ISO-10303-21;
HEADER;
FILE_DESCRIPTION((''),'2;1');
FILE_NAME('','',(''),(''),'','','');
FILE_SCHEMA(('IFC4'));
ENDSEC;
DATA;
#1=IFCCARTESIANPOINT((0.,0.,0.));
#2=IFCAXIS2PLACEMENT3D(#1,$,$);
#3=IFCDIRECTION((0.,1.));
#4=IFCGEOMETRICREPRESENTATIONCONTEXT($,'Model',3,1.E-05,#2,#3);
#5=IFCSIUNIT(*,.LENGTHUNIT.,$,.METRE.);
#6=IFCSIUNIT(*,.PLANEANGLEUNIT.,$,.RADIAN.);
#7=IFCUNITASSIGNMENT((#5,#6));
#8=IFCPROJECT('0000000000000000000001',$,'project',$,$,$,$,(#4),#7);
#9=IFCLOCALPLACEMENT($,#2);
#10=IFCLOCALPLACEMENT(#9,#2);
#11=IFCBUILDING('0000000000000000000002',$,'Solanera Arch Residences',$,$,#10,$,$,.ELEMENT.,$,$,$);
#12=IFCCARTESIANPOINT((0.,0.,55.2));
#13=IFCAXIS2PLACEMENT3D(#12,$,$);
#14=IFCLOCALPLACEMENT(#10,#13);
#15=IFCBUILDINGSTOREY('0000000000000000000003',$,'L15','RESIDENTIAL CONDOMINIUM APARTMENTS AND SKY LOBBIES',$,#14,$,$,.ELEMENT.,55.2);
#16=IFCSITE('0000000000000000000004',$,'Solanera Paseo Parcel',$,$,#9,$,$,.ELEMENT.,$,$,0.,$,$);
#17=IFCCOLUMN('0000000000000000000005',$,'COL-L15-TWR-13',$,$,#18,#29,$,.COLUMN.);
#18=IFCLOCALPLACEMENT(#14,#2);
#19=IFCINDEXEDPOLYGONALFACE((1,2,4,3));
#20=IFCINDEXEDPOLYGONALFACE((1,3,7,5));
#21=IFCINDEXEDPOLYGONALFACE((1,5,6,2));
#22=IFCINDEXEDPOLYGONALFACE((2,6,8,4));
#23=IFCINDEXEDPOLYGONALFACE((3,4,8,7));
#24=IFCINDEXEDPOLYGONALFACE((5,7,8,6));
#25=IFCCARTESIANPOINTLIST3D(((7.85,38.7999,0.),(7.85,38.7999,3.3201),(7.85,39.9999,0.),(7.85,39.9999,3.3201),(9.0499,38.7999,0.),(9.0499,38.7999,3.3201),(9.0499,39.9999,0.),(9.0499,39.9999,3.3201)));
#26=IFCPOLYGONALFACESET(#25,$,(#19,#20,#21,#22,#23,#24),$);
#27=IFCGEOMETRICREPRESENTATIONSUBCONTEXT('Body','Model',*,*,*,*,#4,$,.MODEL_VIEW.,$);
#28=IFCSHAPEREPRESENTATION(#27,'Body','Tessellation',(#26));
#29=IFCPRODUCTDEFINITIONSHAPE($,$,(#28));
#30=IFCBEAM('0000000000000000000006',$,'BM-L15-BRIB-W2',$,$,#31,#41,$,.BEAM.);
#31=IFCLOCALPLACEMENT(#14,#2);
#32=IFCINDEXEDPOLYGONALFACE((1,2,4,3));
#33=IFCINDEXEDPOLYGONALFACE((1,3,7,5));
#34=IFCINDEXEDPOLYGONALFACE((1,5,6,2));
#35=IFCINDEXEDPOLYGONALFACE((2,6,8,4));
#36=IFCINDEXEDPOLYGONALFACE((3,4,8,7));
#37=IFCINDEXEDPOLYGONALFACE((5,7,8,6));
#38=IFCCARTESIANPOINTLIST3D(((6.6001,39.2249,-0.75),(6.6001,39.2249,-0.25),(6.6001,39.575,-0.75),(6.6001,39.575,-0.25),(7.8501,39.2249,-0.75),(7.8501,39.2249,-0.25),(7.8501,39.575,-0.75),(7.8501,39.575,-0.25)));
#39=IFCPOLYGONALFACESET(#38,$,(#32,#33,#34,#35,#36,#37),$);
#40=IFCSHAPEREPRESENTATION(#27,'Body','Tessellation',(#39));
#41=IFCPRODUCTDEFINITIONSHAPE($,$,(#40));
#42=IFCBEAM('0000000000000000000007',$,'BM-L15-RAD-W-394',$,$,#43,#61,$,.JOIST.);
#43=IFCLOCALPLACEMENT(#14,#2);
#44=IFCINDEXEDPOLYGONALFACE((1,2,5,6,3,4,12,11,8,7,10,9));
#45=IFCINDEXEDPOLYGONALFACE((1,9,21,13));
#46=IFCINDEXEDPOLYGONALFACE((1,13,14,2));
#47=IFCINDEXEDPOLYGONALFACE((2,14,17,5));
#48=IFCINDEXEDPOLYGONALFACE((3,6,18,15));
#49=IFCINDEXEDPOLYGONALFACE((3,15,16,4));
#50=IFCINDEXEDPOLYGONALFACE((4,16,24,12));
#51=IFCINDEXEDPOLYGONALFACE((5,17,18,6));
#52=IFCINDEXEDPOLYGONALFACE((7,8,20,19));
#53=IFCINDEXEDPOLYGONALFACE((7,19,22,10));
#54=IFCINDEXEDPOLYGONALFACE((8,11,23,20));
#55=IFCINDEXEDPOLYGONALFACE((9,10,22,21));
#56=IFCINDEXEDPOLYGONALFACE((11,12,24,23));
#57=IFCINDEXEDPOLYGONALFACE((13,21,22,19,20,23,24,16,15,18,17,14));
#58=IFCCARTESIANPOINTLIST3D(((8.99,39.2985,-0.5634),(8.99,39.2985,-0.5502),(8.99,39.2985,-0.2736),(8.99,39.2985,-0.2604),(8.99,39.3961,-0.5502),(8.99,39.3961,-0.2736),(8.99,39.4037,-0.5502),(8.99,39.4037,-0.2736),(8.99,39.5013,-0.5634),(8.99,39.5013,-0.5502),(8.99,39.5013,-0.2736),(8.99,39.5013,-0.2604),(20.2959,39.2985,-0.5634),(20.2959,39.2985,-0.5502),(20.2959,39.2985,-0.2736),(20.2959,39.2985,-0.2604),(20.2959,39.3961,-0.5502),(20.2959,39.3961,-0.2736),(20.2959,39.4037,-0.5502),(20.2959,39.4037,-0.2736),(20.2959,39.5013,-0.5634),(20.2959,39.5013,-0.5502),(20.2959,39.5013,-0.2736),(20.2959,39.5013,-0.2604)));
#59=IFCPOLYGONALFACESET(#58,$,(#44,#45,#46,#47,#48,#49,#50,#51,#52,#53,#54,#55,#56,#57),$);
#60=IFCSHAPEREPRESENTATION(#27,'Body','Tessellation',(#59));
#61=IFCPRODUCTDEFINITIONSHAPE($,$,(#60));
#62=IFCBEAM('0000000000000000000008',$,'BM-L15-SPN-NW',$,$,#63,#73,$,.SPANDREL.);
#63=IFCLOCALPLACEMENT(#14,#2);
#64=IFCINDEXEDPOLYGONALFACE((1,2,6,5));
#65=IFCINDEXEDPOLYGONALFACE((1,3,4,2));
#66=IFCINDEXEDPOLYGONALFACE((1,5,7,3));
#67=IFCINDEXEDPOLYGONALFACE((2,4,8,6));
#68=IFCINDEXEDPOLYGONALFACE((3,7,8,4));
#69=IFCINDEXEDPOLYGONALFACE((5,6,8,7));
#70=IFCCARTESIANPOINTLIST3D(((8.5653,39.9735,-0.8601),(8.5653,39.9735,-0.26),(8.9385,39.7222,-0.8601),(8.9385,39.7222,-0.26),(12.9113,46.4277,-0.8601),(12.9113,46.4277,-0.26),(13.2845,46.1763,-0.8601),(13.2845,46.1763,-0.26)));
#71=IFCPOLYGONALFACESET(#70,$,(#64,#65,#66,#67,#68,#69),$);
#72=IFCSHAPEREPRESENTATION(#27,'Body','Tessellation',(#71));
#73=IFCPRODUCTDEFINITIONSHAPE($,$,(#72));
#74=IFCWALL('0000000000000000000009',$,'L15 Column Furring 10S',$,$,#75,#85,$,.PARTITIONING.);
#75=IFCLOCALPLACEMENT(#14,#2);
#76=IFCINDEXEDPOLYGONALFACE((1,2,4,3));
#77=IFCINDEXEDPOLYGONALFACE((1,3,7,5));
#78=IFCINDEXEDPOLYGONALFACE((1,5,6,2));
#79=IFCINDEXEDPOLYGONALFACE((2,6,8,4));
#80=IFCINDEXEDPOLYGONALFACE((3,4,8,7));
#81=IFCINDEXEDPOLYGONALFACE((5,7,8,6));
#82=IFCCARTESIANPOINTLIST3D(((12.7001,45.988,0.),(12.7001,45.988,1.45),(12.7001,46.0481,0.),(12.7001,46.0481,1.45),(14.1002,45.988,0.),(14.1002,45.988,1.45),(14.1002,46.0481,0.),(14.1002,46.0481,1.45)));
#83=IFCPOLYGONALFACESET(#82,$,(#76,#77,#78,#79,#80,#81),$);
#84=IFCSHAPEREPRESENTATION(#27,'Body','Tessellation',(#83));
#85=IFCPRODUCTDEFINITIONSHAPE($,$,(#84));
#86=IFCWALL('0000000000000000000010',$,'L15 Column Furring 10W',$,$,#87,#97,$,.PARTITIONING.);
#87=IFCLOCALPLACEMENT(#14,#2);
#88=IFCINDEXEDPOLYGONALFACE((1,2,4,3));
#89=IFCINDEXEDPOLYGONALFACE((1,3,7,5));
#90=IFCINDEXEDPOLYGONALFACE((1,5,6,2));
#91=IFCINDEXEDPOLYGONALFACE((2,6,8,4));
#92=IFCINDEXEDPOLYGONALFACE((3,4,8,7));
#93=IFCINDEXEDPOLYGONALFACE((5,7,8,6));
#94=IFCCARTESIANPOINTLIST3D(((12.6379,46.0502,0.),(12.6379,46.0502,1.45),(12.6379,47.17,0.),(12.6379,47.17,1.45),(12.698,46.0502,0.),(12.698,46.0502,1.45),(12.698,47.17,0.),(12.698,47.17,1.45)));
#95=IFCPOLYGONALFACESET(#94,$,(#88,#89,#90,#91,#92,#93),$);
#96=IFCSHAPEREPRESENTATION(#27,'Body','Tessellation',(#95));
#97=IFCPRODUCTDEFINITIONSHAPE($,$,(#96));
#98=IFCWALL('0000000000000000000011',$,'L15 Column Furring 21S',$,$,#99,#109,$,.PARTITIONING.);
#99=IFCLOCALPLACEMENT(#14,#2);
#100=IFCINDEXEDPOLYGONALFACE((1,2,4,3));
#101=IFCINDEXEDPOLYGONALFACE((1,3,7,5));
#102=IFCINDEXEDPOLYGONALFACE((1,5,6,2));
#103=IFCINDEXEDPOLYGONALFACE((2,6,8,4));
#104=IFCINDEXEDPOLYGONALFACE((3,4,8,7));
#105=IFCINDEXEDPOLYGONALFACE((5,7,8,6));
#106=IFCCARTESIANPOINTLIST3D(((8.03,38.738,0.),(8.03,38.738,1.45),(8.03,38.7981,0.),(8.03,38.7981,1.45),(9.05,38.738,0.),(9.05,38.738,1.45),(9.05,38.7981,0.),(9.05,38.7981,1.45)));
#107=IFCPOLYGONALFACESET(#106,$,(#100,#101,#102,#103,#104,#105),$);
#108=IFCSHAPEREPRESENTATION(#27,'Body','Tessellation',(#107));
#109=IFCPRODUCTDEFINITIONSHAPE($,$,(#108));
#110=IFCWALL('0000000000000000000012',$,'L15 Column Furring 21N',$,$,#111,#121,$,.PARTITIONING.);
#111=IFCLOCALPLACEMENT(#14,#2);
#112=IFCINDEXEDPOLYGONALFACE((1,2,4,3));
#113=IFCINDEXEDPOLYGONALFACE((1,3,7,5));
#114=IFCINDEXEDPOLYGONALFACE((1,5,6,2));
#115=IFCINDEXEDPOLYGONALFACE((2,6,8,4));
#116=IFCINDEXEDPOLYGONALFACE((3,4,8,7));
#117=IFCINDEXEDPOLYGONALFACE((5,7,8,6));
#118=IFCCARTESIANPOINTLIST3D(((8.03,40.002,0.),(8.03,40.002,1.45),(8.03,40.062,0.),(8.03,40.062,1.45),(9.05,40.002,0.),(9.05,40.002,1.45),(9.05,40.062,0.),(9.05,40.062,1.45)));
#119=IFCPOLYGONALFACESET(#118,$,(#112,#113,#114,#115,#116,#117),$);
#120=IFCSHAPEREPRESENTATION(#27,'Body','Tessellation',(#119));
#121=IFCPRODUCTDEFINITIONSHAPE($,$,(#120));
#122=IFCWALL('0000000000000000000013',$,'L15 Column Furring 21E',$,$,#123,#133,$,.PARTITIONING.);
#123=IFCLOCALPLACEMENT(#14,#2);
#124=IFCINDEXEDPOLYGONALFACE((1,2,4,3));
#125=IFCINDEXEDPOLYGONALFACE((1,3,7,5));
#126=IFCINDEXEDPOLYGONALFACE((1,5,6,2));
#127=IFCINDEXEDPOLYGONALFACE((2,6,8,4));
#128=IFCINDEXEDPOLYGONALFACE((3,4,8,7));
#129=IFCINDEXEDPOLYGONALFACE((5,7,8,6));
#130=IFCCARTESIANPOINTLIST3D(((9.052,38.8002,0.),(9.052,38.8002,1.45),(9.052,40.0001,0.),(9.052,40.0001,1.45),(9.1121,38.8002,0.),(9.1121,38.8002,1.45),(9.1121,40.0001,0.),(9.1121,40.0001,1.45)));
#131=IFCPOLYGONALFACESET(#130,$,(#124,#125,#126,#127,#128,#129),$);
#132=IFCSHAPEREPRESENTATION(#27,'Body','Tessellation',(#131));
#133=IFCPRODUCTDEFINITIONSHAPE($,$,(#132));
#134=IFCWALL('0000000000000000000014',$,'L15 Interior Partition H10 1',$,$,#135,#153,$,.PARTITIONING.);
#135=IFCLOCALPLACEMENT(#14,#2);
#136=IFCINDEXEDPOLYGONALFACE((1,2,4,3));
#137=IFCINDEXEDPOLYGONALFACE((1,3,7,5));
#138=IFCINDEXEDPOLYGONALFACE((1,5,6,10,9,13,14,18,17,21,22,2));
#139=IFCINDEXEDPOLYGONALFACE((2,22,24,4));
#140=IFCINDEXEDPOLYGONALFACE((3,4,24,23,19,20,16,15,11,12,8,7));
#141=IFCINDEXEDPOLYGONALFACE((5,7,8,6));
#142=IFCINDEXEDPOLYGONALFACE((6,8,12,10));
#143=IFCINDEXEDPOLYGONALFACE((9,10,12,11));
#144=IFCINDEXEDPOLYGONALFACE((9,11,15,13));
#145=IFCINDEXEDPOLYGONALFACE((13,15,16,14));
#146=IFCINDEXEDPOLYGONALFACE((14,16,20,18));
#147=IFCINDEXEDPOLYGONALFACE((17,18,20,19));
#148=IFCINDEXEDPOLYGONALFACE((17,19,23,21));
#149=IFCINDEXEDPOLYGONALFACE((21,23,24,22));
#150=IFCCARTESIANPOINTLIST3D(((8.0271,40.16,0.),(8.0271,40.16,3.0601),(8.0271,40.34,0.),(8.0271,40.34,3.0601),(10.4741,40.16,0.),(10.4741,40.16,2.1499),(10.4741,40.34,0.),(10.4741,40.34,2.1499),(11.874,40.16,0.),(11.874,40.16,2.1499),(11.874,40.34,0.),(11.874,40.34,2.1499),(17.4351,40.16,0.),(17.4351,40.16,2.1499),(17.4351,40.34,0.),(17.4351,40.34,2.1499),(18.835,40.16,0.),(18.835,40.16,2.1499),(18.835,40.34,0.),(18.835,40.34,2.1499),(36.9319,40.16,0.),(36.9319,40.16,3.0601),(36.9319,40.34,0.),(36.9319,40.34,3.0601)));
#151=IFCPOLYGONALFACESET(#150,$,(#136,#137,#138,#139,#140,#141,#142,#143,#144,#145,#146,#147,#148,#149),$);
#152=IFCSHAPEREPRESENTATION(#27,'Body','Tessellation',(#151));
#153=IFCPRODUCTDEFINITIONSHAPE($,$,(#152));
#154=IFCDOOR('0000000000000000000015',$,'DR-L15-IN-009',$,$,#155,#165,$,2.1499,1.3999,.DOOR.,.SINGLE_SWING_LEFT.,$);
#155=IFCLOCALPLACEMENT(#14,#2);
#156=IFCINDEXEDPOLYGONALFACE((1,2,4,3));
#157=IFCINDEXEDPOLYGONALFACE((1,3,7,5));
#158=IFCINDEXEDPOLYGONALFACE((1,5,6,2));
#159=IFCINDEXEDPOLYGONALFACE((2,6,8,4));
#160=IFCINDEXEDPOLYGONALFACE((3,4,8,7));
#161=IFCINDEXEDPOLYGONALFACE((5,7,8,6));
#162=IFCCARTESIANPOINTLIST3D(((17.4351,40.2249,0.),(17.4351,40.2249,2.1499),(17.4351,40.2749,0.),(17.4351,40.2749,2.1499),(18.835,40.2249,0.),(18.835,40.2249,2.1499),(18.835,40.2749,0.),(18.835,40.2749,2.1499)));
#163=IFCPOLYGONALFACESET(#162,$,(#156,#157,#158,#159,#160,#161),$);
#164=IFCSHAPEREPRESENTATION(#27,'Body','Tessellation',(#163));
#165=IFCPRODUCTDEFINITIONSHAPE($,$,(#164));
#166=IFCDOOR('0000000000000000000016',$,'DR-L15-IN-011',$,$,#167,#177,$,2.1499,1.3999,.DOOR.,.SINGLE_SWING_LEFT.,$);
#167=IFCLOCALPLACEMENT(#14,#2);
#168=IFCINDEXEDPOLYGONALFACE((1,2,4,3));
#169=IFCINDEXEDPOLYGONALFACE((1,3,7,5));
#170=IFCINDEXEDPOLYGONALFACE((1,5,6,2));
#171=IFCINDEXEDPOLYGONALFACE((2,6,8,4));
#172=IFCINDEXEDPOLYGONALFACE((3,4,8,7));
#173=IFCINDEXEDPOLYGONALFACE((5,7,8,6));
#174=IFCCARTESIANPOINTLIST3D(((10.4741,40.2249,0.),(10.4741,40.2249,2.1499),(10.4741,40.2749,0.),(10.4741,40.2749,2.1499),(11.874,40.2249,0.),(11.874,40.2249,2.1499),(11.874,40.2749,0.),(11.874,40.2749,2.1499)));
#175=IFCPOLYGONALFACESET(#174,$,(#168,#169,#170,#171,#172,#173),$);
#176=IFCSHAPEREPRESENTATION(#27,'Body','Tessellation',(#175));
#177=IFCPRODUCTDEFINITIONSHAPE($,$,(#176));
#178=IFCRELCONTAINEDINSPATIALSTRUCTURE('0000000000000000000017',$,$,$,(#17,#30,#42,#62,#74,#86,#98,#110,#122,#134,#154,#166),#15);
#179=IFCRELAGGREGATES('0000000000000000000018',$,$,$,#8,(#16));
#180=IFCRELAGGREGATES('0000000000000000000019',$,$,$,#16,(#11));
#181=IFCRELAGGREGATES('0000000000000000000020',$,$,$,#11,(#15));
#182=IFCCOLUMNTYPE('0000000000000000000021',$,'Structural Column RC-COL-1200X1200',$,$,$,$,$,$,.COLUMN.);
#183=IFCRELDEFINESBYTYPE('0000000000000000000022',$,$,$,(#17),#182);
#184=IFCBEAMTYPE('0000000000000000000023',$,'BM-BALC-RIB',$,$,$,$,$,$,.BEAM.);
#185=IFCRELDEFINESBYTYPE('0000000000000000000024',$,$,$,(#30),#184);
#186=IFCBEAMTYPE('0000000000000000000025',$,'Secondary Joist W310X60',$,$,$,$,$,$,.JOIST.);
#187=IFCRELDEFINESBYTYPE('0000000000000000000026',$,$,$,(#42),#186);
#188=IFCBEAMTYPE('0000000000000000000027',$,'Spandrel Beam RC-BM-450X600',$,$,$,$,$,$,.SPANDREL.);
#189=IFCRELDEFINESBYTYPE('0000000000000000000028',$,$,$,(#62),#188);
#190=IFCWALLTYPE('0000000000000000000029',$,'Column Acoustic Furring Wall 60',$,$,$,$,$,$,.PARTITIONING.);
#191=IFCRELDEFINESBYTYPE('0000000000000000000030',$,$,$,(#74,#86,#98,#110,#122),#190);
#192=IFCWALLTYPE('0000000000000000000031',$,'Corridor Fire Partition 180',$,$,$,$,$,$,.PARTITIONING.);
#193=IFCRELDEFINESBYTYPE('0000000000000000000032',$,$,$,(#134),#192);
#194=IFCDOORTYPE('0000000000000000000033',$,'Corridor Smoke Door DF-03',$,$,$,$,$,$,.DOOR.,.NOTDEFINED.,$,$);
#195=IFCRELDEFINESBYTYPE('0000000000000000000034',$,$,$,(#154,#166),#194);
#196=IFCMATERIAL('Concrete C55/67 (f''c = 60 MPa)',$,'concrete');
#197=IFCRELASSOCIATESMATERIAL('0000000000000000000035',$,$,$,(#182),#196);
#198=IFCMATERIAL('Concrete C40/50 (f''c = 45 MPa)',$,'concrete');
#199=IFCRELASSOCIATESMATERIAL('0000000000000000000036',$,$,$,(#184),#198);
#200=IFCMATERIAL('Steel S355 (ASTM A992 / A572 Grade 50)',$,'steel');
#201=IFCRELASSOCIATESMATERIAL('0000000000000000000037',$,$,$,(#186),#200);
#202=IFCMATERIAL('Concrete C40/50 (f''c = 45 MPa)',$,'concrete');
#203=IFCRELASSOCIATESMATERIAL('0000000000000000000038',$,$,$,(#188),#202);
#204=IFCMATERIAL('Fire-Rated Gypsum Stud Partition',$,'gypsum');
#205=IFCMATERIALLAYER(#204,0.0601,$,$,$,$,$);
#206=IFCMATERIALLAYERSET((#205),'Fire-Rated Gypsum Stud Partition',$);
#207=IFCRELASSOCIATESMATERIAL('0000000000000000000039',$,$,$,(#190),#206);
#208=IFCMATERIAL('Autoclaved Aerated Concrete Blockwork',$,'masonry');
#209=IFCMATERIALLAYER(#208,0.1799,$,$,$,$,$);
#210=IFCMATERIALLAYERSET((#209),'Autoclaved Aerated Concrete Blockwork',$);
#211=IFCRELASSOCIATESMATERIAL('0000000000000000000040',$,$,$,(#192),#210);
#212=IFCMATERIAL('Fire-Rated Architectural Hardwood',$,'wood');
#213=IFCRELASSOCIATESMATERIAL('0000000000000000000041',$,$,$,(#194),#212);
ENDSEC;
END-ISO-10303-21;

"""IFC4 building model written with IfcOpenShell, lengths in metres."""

from ifc_helpers import new_model, si_unit, direction, frame, frame_2d, origin, origin_2d, place, context, subcontext, project, spatial, rectangle, i_section, extrude, material, layer, layer_set, material_profile, profile_set, type_object, element, fill, save


model = new_model("IFC4")

# Units and contexts
model_context = context("Model", 3, precision=1e-05, world=origin(), true_north=direction((0.0, 1.0)))
body_context = subcontext(model_context, "Body", "Model", "MODEL_VIEW")
ifc_project = project(units=[si_unit("LENGTHUNIT", "METRE"), si_unit("PLANEANGLEUNIT", "RADIAN")], contexts=[model_context])

# Site, building, storey
site_placement = place(None, origin())
site = spatial("IfcSite", under=ifc_project, at=site_placement, Name="Solanera Paseo Parcel", CompositionType="ELEMENT", RefElevation=0.0)
building_placement = place(site_placement, origin())
building = spatial("IfcBuilding", under=site, at=building_placement, Name="Solanera Arch Residences", CompositionType="ELEMENT")
storey_placement = place(building_placement, frame((0.0, 0.0, 55.2)))
storey = spatial("IfcBuildingStorey", under=building, at=storey_placement, Name="L15", Description="RESIDENTIAL CONDOMINIUM APARTMENTS AND SKY LOBBIES", CompositionType="ELEMENT", Elevation=55.2)

# Column
ifc_material_1 = material(Name="Concrete C55/67 (f'c = 60 MPa)", Category="concrete")
ifc_material_profile_1 = material_profile(ifc_material_1, rectangle(XDim=1.2, YDim=1.2, at=origin_2d()))
ifc_profile_set_1 = profile_set([ifc_material_profile_1], Name="Concrete C55/67 (f'c = 60 MPa)")
column_type = type_object("IfcColumnType", Name="Structural Column RC-COL-1200X1200", PredefinedType="COLUMN", material=ifc_profile_set_1)
column_placement = place(storey_placement, frame((8.45, 39.3999, 0.0), z_axis=(0.0, 0.0, 1.0), x_axis=(1.0, 0.0, 0.0)))
element("IfcColumn", 1, at=column_placement, inside=storey, type_object=column_type, Name="COL-L15-TWR-13", PredefinedType="COLUMN", context=body_context, shape_type="SweptSolid", body=[
    extrude(rectangle(XDim=1.2, YDim=1.2, at=origin_2d()), origin(), (0.0, 0.0, 1.0), 3.3201),
])

# Beams
ifc_material_2 = material(Name="Concrete C40/50 (f'c = 45 MPa)", Category="concrete")
ifc_material_profile_2 = material_profile(ifc_material_2, rectangle(XDim=0.3501, YDim=0.5, at=origin_2d()))
ifc_profile_set_2 = profile_set([ifc_material_profile_2], Name="Concrete C40/50 (f'c = 45 MPa)")
beam_type_1 = type_object("IfcBeamType", Name="BM-BALC-RIB", PredefinedType="BEAM", material=ifc_profile_set_2)
beam_1_placement = place(storey_placement, frame((6.6001, 39.3999, -0.5), z_axis=(1.0, 0.0, 0.0), x_axis=(0.0, 1.0, 0.0)))
element("IfcBeam", 2, at=beam_1_placement, inside=storey, type_object=beam_type_1, Name="BM-L15-BRIB-W2", PredefinedType="BEAM", context=body_context, shape_type="SweptSolid", body=[
    extrude(rectangle(XDim=0.3501, YDim=0.5, at=origin_2d()), origin(), (0.0, 0.0, 1.0), 1.25),
])
ifc_material_3 = material(Name="Steel S355 (ASTM A992 / A572 Grade 50)", Category="steel")
ifc_material_profile_3 = material_profile(ifc_material_3, i_section(OverallWidth=0.2029, OverallDepth=0.303, WebThickness=0.0076, FlangeThickness=0.0132, at=origin_2d()))
ifc_profile_set_3 = profile_set([ifc_material_profile_3], Name="Steel S355 (ASTM A992 / A572 Grade 50)")
beam_type_2 = type_object("IfcBeamType", Name="Secondary Joist W310X60", PredefinedType="JOIST", material=ifc_profile_set_3)
beam_2_placement = place(storey_placement, frame((8.99, 39.3999, -0.4119), z_axis=(1.0, 0.0, 0.0), x_axis=(0.0, 1.0, 0.0)))
element("IfcBeam", 3, at=beam_2_placement, inside=storey, type_object=beam_type_2, Name="BM-L15-RAD-W-394", PredefinedType="JOIST", context=body_context, shape_type="SweptSolid", body=[
    extrude(i_section(OverallWidth=0.2029, OverallDepth=0.303, WebThickness=0.0076, FlangeThickness=0.0132, at=origin_2d()), origin(), (0.0, 0.0, 1.0), 11.3059),
])
ifc_material_4 = material(Name="Concrete C40/50 (f'c = 45 MPa)", Category="concrete")
ifc_material_profile_4 = material_profile(ifc_material_4, rectangle(XDim=0.45, YDim=0.6001, at=origin_2d()))
ifc_profile_set_4 = profile_set([ifc_material_profile_4], Name="Concrete C40/50 (f'c = 45 MPa)")
beam_type_3 = type_object("IfcBeamType", Name="Spandrel Beam RC-BM-450X600", PredefinedType="SPANDREL", material=ifc_profile_set_4)
beam_3_placement = place(storey_placement, frame((13.0979, 46.302, -0.5601), z_axis=(-0.558539, -0.829478, 0.0), x_axis=(0.829478, -0.558539, 0.0)))
element("IfcBeam", 4, at=beam_3_placement, inside=storey, type_object=beam_type_3, Name="BM-L15-SPN-NW", PredefinedType="SPANDREL", context=body_context, shape_type="SweptSolid", body=[
    extrude(rectangle(XDim=0.45, YDim=0.6001, at=origin_2d()), origin(), (0.0, 0.0, 1.0), 7.781),
])

# Walls
ifc_material_5 = material(Name="Fire-Rated Gypsum Stud Partition", Category="gypsum")
ifc_layer_1 = layer(ifc_material_5, 0.0601)
ifc_layer_set_1 = layer_set([ifc_layer_1], Name="Fire-Rated Gypsum Stud Partition")
wall_type_1 = type_object("IfcWallType", Name="Column Acoustic Furring Wall 60", PredefinedType="PARTITIONING", material=ifc_layer_set_1)
wall_1_placement = place(storey_placement, frame((12.7, 46.0181, 0.0), z_axis=(0.0, 0.0, 1.0), x_axis=(1.0, 0.0, 0.0)))
element("IfcWall", 5, at=wall_1_placement, inside=storey, type_object=wall_type_1, Name="L15 Column Furring 10S", PredefinedType="PARTITIONING", context=body_context, shape_type="SweptSolid", body=[
    extrude(rectangle(XDim=1.4001, YDim=0.0601, at=frame_2d((0.7002, 0.0))), origin(), (0.0, 0.0, 1.0), 1.45),
])
wall_2_placement = place(storey_placement, frame((12.668, 46.05, 0.0), z_axis=(0.0, 0.0, 1.0), x_axis=(0.0, 1.0, 0.0)))
element("IfcWall", 6, at=wall_2_placement, inside=storey, type_object=wall_type_1, Name="L15 Column Furring 10W", PredefinedType="PARTITIONING", context=body_context, shape_type="SweptSolid", body=[
    extrude(rectangle(XDim=1.1199, YDim=0.0601, at=frame_2d((0.5601, 0.0))), origin(), (0.0, 0.0, 1.0), 1.45),
])
for number, where, z_axis, x_axis, name in (
    (7, (8.03, 38.7681, 0.0), (0.0, 0.0, 1.0), (1.0, 0.0, 0.0), "L15 Column Furring 21S"),
    (8, (8.03, 40.032, 0.0), (0.0, 0.0, 1.0), (1.0, 0.0, 0.0), "L15 Column Furring 21N"),
):
    element("IfcWall", number, at=place(storey_placement, frame(where, z_axis=z_axis, x_axis=x_axis)), inside=storey, type_object=wall_type_1, Name=name, PredefinedType="PARTITIONING", context=body_context, shape_type="SweptSolid", body=[
        extrude(rectangle(XDim=1.02, YDim=0.0601, at=frame_2d((0.51, 0.0))), origin(), (0.0, 0.0, 1.0), 1.45),
    ])
wall_3_placement = place(storey_placement, frame((9.082, 38.8, 0.0), z_axis=(0.0, 0.0, 1.0), x_axis=(0.0, 1.0, 0.0)))
element("IfcWall", 9, at=wall_3_placement, inside=storey, type_object=wall_type_1, Name="L15 Column Furring 21E", PredefinedType="PARTITIONING", context=body_context, shape_type="SweptSolid", body=[
    extrude(rectangle(XDim=1.2, YDim=0.0601, at=frame_2d((0.6001, 0.0))), origin(), (0.0, 0.0, 1.0), 1.45),
])

# Wall, openings, doors
ifc_material_6 = material(Name="Autoclaved Aerated Concrete Blockwork", Category="masonry")
ifc_layer_2 = layer(ifc_material_6, 0.1799)
ifc_layer_set_2 = layer_set([ifc_layer_2], Name="Autoclaved Aerated Concrete Blockwork")
wall_type_2 = type_object("IfcWallType", Name="Corridor Fire Partition 180", PredefinedType="PARTITIONING", material=ifc_layer_set_2)
wall_4_placement = place(storey_placement, frame((8.0271, 40.25, 0.0), z_axis=(0.0, 0.0, 1.0), x_axis=(1.0, 0.0, 0.0)))
wall_4 = element("IfcWall", 10, at=wall_4_placement, inside=storey, type_object=wall_type_2, Name="L15 Interior Partition H10 1", PredefinedType="PARTITIONING", context=body_context, shape_type="SweptSolid", body=[
    extrude(rectangle(XDim=28.9048, YDim=0.1799, at=frame_2d((14.4524, 0.0))), origin(), (0.0, 0.0, 1.0), 3.0601),
])
opening_1_placement = place(wall_4_placement, frame((9.408, 0.0, 0.0)))
opening_1 = element("IfcOpeningElement", 11, at=opening_1_placement, cuts=wall_4, PredefinedType="OPENING", context=body_context, shape_type="SweptSolid", body=[
    extrude(rectangle(XDim=1.3999, YDim=2.1499, at=frame_2d((0.7, 1.075))), frame((0.0, 0.1001, 0.0), z_axis=(0.0, -1.0, 0.0), x_axis=(1.0, 0.0, 0.0)), (0.0, 0.0, 1.0), 0.1999),
])
opening_2_placement = place(wall_4_placement, frame((2.447, 0.0, 0.0)))
opening_2 = element("IfcOpeningElement", 12, at=opening_2_placement, cuts=wall_4, PredefinedType="OPENING", context=body_context, shape_type="SweptSolid", body=[
    extrude(rectangle(XDim=1.3999, YDim=2.1499, at=frame_2d((0.7, 1.075))), frame((0.0, 0.1001, 0.0), z_axis=(0.0, -1.0, 0.0), x_axis=(1.0, 0.0, 0.0)), (0.0, 0.0, 1.0), 0.1999),
])
ifc_material_7 = material(Name="Fire-Rated Architectural Hardwood", Category="wood")
door_type_1 = type_object("IfcDoorType", Name="Corridor Smoke Door DF-03", OperationType="NOTDEFINED", PredefinedType="DOOR", material=ifc_material_7)
door_1_placement = place(opening_1_placement, origin())
door_1 = element("IfcDoor", 13, at=door_1_placement, inside=storey, type_object=door_type_1, Name="DR-L15-IN-009", OperationType="SINGLE_SWING_LEFT", OverallHeight=2.1499, OverallWidth=1.3999, PredefinedType="DOOR", context=body_context, shape_type="SweptSolid", body=[
    extrude(rectangle(XDim=1.3999, YDim=2.1499, at=frame_2d((0.7, 1.075))), frame((0.0, 0.0249, 0.0), z_axis=(0.0, -1.0, 0.0), x_axis=(1.0, 0.0, 0.0)), (0.0, 0.0, 1.0), 0.05),
])
fill(opening_1, door_1)
door_2_placement = place(opening_2_placement, origin())
door_2 = element("IfcDoor", 14, at=door_2_placement, inside=storey, type_object=door_type_1, Name="DR-L15-IN-011", OperationType="SINGLE_SWING_LEFT", OverallHeight=2.1499, OverallWidth=1.3999, PredefinedType="DOOR", context=body_context, shape_type="SweptSolid", body=[
    extrude(rectangle(XDim=1.3999, YDim=2.1499, at=frame_2d((0.7, 1.075))), frame((0.0, 0.0249, 0.0), z_axis=(0.0, -1.0, 0.0), x_axis=(1.0, 0.0, 0.0)), (0.0, 0.0, 1.0), 0.05),
])
fill(opening_2, door_2)

save(model, "model.ifc")
